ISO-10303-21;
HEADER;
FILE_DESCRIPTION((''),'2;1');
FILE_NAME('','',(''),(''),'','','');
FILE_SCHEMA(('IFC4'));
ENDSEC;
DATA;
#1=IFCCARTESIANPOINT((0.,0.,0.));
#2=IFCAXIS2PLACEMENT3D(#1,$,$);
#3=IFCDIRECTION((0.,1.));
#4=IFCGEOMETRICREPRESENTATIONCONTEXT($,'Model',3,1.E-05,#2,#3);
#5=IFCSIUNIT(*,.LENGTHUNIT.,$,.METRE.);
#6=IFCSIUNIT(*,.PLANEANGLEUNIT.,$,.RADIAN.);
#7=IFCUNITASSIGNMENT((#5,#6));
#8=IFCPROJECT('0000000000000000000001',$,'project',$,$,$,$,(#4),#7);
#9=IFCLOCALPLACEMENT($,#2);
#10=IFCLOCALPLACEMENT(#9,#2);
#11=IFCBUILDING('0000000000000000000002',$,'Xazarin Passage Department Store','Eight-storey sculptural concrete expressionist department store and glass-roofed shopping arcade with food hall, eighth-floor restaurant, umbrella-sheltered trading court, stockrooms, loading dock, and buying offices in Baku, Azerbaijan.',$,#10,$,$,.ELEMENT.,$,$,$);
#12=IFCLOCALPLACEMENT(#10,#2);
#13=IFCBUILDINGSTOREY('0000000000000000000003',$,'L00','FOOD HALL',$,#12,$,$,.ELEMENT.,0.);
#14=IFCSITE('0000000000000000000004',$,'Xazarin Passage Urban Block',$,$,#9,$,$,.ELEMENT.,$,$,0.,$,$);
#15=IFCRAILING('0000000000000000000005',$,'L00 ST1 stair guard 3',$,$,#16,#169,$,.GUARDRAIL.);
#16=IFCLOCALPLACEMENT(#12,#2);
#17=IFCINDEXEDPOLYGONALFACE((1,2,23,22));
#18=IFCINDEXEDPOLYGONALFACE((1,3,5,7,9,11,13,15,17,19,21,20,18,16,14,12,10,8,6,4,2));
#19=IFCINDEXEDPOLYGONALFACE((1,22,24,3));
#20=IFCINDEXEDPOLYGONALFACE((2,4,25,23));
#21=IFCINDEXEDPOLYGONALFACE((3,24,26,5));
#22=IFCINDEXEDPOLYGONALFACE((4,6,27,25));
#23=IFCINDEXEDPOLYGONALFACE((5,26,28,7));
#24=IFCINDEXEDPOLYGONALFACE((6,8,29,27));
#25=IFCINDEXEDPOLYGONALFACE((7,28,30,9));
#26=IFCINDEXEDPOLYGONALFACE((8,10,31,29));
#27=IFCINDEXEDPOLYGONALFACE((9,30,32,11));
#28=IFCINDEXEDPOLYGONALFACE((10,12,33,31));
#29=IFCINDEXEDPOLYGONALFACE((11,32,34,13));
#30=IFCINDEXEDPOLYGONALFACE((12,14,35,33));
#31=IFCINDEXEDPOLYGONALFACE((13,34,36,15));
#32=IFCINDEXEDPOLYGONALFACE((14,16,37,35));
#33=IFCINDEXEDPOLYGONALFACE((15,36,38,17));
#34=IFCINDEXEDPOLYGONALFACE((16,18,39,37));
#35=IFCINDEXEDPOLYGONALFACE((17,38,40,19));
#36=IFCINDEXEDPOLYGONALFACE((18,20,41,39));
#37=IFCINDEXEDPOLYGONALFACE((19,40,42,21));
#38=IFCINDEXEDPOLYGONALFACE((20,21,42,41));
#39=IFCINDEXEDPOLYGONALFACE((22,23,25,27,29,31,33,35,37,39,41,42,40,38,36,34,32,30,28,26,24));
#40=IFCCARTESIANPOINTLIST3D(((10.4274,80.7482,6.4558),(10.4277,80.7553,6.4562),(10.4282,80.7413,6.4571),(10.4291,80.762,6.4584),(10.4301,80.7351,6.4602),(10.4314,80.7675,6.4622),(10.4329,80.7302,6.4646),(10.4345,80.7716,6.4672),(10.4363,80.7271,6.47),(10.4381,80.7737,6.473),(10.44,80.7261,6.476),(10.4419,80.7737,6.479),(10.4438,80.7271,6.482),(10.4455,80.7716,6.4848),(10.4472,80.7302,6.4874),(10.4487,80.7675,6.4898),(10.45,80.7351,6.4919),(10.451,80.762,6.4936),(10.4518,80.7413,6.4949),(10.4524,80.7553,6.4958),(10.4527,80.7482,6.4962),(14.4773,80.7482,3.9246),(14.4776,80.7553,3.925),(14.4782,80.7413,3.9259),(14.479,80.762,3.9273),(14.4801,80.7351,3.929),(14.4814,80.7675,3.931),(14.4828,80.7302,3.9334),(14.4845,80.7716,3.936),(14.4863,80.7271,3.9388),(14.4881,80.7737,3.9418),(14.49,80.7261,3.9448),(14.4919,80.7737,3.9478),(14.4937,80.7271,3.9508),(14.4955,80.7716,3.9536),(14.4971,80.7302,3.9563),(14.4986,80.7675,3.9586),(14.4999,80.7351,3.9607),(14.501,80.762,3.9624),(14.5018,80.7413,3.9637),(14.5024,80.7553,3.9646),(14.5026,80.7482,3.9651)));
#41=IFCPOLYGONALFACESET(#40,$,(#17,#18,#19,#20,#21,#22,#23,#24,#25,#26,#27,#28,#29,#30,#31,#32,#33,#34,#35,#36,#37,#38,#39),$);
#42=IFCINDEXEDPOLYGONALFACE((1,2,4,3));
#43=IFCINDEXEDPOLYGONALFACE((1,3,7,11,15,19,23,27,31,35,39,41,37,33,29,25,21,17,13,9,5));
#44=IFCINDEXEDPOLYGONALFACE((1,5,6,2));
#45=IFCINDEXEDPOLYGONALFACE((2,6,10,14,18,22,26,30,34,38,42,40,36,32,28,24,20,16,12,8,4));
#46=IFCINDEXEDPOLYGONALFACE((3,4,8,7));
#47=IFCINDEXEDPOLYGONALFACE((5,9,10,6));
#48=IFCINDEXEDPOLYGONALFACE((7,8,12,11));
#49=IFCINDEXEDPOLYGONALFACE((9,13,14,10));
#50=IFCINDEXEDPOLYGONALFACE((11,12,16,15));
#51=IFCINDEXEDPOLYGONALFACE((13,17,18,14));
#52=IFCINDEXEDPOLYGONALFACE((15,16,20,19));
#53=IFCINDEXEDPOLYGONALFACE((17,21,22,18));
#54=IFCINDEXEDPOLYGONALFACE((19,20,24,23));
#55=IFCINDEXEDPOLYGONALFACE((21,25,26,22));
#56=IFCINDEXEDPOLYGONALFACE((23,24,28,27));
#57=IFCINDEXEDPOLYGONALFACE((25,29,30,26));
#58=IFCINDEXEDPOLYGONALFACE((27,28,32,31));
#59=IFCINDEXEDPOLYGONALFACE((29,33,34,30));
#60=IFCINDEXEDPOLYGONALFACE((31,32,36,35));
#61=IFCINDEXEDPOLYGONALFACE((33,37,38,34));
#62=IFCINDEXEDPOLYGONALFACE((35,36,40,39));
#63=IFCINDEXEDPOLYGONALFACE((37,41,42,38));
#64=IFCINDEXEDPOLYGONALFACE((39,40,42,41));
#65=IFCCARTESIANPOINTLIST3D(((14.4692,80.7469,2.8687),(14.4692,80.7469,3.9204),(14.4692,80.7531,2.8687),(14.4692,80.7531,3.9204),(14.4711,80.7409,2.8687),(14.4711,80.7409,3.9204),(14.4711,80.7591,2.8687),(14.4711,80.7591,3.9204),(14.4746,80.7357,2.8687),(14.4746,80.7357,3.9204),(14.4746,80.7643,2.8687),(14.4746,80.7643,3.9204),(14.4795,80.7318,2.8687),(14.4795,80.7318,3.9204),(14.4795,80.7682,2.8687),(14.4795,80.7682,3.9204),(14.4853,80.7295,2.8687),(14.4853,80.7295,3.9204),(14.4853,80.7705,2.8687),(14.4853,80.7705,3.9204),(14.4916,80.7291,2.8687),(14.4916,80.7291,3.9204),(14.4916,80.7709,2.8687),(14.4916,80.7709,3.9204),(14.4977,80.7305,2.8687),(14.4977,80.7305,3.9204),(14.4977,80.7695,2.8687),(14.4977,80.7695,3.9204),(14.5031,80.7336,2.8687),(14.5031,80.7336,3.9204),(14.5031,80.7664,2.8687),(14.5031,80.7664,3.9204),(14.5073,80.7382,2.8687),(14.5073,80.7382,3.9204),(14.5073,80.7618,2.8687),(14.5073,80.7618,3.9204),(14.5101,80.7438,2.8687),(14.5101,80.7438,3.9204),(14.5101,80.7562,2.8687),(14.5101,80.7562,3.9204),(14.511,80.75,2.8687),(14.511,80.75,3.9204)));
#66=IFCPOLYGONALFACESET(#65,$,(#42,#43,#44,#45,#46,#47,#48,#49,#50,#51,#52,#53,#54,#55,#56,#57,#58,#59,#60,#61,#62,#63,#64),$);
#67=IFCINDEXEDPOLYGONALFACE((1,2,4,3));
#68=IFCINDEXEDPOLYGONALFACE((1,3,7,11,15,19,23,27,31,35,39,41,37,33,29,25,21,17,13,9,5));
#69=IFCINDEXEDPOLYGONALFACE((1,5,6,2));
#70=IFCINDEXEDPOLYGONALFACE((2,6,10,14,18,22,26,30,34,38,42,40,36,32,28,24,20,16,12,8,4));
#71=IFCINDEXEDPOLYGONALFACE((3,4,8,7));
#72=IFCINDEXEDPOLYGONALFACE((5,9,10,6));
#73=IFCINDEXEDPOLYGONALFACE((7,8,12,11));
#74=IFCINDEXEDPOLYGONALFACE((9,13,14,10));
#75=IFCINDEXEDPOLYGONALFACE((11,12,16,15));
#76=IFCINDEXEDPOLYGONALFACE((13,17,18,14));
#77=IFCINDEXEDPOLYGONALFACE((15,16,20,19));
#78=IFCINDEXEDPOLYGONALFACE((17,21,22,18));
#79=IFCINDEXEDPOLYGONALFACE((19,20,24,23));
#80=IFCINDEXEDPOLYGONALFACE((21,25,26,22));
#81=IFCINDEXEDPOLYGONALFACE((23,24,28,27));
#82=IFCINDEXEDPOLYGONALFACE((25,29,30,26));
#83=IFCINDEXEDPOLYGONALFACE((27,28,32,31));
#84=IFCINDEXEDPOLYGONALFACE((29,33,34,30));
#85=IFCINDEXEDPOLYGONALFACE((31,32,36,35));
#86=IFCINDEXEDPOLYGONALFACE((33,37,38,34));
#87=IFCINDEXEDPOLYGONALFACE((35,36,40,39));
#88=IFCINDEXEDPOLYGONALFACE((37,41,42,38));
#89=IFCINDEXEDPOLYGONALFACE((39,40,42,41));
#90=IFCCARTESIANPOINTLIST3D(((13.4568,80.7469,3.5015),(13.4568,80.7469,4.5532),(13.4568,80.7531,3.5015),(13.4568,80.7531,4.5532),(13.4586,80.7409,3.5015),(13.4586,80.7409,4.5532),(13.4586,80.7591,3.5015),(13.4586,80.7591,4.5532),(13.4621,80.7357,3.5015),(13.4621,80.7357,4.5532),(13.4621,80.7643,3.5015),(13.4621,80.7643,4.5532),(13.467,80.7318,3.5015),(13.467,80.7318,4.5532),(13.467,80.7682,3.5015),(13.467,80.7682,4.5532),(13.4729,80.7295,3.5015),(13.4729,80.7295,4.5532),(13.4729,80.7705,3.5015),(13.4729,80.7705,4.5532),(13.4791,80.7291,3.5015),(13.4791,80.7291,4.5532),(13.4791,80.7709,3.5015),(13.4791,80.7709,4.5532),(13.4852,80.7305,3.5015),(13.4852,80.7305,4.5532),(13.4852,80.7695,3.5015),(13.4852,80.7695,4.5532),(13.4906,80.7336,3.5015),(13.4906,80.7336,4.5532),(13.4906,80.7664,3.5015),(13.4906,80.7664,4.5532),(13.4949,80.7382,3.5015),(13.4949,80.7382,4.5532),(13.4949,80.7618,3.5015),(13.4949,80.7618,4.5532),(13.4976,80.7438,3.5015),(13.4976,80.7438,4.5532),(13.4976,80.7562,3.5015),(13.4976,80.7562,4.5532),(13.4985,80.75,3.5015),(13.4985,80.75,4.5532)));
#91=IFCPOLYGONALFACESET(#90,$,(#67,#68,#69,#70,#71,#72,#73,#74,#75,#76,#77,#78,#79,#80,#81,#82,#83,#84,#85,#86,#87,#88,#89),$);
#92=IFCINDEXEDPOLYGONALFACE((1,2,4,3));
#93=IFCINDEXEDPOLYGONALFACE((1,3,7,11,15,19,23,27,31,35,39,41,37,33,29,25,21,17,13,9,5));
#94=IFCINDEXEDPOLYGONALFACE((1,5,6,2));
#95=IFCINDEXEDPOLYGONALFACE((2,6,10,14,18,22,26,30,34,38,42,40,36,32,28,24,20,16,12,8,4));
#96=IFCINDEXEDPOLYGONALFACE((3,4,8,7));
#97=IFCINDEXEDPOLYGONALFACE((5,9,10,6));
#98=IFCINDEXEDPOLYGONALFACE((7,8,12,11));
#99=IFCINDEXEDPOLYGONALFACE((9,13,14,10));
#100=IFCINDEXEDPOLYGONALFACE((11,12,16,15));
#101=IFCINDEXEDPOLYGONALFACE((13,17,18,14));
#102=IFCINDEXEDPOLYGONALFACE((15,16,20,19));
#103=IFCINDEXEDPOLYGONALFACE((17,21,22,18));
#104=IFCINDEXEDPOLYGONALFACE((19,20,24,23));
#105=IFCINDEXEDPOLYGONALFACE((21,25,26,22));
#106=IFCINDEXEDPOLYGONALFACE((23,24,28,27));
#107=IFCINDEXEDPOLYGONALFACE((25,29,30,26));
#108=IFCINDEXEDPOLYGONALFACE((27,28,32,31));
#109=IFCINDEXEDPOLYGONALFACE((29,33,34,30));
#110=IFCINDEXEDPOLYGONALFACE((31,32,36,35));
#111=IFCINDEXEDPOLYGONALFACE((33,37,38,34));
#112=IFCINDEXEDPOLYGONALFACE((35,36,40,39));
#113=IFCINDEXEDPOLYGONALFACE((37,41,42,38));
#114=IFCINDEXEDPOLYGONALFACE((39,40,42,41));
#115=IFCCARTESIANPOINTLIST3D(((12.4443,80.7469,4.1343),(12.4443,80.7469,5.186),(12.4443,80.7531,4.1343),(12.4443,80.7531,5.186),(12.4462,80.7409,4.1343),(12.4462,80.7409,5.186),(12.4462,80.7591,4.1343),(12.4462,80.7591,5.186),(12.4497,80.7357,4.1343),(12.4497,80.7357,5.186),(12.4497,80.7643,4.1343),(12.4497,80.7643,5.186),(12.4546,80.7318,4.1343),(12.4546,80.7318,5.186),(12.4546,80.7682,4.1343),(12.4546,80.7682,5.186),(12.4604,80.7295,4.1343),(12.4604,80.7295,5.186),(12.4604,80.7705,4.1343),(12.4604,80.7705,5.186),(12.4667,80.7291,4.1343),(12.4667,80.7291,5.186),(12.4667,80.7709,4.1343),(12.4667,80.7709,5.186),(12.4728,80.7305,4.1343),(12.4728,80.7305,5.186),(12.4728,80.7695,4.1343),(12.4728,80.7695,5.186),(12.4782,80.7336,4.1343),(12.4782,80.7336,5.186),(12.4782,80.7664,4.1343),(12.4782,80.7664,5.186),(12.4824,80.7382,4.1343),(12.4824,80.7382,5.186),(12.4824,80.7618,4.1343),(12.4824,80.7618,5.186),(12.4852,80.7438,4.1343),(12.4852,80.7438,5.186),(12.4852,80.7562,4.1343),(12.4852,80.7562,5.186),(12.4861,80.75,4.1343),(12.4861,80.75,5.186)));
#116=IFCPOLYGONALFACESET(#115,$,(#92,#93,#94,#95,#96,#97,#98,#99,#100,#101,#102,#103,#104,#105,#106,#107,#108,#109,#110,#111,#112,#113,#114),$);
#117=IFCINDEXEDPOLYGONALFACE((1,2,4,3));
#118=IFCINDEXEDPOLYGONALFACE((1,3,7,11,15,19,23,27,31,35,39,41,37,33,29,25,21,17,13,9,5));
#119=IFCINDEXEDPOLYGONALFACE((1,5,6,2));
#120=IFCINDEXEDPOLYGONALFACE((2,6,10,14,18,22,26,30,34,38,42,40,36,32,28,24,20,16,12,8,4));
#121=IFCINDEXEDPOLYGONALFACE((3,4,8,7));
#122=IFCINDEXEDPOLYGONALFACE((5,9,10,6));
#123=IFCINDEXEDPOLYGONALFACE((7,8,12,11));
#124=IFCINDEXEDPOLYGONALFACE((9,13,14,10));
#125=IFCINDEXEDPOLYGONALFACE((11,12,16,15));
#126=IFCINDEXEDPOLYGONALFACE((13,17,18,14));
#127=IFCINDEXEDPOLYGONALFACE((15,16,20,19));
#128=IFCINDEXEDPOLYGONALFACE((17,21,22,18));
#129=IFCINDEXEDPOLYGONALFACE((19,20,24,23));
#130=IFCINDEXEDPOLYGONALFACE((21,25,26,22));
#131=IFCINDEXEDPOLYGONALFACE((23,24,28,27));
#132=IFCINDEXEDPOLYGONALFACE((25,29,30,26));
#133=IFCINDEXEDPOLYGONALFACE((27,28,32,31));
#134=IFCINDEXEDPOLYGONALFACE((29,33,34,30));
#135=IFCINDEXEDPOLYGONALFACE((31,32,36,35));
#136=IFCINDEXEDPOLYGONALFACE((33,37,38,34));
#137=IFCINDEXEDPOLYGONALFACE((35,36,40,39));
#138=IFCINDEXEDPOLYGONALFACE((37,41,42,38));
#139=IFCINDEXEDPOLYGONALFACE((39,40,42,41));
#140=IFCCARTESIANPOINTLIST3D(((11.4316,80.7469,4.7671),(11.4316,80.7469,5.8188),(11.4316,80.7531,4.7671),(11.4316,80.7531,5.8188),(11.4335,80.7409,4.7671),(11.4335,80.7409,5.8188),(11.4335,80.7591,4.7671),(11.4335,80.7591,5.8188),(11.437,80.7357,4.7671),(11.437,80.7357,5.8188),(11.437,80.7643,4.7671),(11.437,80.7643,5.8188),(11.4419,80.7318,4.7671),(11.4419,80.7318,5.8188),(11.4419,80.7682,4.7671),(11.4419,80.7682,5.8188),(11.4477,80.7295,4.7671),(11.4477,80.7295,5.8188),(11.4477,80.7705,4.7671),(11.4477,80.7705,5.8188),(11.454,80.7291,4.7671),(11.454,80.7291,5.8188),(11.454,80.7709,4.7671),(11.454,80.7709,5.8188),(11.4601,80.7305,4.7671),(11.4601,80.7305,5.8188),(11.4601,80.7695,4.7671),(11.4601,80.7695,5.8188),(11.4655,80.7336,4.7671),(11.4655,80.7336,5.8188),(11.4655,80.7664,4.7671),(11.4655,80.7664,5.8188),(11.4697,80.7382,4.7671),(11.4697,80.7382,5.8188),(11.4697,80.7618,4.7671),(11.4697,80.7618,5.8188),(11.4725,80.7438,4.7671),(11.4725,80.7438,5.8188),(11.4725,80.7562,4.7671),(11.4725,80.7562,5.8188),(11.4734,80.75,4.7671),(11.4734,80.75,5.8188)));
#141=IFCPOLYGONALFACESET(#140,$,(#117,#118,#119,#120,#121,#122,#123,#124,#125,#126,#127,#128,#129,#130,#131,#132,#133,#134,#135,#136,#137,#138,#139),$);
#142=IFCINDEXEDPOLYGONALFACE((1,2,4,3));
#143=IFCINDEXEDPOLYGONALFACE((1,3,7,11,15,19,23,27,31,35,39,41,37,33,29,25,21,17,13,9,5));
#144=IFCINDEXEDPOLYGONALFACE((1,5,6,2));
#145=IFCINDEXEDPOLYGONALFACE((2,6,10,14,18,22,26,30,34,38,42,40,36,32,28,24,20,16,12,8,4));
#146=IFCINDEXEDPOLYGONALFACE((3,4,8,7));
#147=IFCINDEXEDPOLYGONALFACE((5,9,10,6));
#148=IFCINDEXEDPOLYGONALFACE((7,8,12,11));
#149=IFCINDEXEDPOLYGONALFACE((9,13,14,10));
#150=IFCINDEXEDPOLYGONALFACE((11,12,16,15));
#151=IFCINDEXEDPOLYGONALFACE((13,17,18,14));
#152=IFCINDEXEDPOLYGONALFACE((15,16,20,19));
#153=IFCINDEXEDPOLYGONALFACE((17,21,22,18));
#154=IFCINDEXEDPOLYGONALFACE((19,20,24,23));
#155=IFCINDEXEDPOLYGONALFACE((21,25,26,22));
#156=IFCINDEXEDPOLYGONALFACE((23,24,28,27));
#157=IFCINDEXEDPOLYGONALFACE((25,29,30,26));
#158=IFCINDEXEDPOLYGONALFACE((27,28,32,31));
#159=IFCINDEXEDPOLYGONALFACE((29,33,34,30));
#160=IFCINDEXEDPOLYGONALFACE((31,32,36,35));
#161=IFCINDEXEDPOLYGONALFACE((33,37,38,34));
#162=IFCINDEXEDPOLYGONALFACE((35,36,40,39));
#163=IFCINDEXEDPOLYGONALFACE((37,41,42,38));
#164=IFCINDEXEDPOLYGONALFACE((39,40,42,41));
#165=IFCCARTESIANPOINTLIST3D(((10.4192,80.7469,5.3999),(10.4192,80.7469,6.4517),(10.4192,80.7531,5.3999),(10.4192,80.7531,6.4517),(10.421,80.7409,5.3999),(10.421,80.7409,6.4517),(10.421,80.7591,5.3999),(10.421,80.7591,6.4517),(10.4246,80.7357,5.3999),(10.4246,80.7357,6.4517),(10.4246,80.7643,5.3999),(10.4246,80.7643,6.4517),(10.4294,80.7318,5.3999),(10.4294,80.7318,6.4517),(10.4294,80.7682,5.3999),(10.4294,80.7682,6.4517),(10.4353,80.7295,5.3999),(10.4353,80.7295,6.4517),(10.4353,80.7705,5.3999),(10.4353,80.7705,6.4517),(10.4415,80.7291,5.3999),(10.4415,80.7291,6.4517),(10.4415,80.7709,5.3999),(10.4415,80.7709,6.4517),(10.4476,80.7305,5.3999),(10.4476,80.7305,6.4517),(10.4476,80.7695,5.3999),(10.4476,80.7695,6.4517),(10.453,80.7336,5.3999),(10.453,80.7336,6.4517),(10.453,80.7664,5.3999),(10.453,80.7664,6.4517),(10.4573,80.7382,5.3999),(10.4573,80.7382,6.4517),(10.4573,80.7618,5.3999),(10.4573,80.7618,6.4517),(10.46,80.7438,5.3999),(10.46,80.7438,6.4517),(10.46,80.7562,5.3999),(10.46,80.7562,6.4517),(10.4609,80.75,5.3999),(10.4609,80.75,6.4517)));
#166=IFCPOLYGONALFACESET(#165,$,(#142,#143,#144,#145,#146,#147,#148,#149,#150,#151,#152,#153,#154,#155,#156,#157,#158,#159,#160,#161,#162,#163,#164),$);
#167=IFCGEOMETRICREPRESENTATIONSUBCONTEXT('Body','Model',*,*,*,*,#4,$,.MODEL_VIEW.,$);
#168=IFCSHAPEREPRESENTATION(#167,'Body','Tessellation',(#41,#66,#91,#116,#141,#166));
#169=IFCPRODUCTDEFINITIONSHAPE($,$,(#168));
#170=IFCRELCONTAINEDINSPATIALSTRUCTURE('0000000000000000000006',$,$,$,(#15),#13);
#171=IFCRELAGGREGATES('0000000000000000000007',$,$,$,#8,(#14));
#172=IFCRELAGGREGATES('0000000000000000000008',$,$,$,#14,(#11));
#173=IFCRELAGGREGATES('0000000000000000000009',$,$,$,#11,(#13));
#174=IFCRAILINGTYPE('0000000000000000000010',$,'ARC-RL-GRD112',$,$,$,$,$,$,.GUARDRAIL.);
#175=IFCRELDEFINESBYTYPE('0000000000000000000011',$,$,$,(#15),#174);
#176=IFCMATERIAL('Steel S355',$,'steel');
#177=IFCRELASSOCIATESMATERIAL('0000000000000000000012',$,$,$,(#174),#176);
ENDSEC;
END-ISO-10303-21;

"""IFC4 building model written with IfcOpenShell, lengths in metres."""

from ifc_helpers import new_model, si_unit, direction, frame, origin, origin_2d, place, context, subcontext, project, spatial, circle, extrude, material, type_object, element, save


model = new_model("IFC4")

# Units and contexts
model_context = context("Model", 3, precision=1e-05, world=origin(), true_north=direction((0.0, 1.0)))
body_context = subcontext(model_context, "Body", "Model", "MODEL_VIEW")
ifc_project = project(units=[si_unit("LENGTHUNIT", "METRE"), si_unit("PLANEANGLEUNIT", "RADIAN")], contexts=[model_context])

# Site, building, storey
site_placement = place(None, origin())
site = spatial("IfcSite", under=ifc_project, at=site_placement, Name="Xazarin Passage Urban Block", CompositionType="ELEMENT", RefElevation=0.0)
building_placement = place(site_placement, origin())
building = spatial("IfcBuilding", under=site, at=building_placement, Name="Xazarin Passage Department Store", Description="Eight-storey sculptural concrete expressionist department store and glass-roofed shopping arcade with food hall, eighth-floor restaurant, umbrella-sheltered trading court, stockrooms, loading dock, and buying offices in Baku, Azerbaijan.", CompositionType="ELEMENT")
storey_placement = place(building_placement, origin())
storey = spatial("IfcBuildingStorey", under=building, at=storey_placement, Name="L00", Description="FOOD HALL", CompositionType="ELEMENT", Elevation=0.0)

# Railing
ifc_material_1 = material(Name="Steel S355", Category="steel")
railing_type_1 = type_object("IfcRailingType", Name="ARC-RL-GRD112", PredefinedType="GUARDRAIL", material=ifc_material_1)
railing_1_placement = place(storey_placement, frame((14.49, 80.75, 2.8687)))
element("IfcRailing", 1, at=railing_1_placement, inside=storey, type_object=railing_type_1, Name="L00 ST1 stair guard 3", PredefinedType="GUARDRAIL", context=body_context, shape_type="SweptSolid", body=[
    extrude(circle(Radius=0.0239, at=origin_2d()), frame((0.0, 0.0, 1.0762), z_axis=(-0.848001, 0.0, 0.529994), x_axis=(0.0, -1.0, 0.0)), (0.0, 0.0, 1.0), 4.7759),
    extrude(circle(Radius=0.021, at=origin_2d()), origin(), (0.0, 0.0, 1.0), 1.0518),
    extrude(circle(Radius=0.021, at=origin_2d()), frame((-1.0125, 0.0, 0.6328)), (0.0, 0.0, 1.0), 1.0518),
    extrude(circle(Radius=0.021, at=origin_2d()), frame((-2.0249, 0.0, 1.2656)), (0.0, 0.0, 1.0), 1.0518),
    extrude(circle(Radius=0.021, at=origin_2d()), frame((-3.0376, 0.0, 1.8984)), (0.0, 0.0, 1.0), 1.0518),
    extrude(circle(Radius=0.021, at=origin_2d()), frame((-4.05, 0.0, 2.5312)), (0.0, 0.0, 1.0), 1.0518),
])

save(model, "model.ifc")
